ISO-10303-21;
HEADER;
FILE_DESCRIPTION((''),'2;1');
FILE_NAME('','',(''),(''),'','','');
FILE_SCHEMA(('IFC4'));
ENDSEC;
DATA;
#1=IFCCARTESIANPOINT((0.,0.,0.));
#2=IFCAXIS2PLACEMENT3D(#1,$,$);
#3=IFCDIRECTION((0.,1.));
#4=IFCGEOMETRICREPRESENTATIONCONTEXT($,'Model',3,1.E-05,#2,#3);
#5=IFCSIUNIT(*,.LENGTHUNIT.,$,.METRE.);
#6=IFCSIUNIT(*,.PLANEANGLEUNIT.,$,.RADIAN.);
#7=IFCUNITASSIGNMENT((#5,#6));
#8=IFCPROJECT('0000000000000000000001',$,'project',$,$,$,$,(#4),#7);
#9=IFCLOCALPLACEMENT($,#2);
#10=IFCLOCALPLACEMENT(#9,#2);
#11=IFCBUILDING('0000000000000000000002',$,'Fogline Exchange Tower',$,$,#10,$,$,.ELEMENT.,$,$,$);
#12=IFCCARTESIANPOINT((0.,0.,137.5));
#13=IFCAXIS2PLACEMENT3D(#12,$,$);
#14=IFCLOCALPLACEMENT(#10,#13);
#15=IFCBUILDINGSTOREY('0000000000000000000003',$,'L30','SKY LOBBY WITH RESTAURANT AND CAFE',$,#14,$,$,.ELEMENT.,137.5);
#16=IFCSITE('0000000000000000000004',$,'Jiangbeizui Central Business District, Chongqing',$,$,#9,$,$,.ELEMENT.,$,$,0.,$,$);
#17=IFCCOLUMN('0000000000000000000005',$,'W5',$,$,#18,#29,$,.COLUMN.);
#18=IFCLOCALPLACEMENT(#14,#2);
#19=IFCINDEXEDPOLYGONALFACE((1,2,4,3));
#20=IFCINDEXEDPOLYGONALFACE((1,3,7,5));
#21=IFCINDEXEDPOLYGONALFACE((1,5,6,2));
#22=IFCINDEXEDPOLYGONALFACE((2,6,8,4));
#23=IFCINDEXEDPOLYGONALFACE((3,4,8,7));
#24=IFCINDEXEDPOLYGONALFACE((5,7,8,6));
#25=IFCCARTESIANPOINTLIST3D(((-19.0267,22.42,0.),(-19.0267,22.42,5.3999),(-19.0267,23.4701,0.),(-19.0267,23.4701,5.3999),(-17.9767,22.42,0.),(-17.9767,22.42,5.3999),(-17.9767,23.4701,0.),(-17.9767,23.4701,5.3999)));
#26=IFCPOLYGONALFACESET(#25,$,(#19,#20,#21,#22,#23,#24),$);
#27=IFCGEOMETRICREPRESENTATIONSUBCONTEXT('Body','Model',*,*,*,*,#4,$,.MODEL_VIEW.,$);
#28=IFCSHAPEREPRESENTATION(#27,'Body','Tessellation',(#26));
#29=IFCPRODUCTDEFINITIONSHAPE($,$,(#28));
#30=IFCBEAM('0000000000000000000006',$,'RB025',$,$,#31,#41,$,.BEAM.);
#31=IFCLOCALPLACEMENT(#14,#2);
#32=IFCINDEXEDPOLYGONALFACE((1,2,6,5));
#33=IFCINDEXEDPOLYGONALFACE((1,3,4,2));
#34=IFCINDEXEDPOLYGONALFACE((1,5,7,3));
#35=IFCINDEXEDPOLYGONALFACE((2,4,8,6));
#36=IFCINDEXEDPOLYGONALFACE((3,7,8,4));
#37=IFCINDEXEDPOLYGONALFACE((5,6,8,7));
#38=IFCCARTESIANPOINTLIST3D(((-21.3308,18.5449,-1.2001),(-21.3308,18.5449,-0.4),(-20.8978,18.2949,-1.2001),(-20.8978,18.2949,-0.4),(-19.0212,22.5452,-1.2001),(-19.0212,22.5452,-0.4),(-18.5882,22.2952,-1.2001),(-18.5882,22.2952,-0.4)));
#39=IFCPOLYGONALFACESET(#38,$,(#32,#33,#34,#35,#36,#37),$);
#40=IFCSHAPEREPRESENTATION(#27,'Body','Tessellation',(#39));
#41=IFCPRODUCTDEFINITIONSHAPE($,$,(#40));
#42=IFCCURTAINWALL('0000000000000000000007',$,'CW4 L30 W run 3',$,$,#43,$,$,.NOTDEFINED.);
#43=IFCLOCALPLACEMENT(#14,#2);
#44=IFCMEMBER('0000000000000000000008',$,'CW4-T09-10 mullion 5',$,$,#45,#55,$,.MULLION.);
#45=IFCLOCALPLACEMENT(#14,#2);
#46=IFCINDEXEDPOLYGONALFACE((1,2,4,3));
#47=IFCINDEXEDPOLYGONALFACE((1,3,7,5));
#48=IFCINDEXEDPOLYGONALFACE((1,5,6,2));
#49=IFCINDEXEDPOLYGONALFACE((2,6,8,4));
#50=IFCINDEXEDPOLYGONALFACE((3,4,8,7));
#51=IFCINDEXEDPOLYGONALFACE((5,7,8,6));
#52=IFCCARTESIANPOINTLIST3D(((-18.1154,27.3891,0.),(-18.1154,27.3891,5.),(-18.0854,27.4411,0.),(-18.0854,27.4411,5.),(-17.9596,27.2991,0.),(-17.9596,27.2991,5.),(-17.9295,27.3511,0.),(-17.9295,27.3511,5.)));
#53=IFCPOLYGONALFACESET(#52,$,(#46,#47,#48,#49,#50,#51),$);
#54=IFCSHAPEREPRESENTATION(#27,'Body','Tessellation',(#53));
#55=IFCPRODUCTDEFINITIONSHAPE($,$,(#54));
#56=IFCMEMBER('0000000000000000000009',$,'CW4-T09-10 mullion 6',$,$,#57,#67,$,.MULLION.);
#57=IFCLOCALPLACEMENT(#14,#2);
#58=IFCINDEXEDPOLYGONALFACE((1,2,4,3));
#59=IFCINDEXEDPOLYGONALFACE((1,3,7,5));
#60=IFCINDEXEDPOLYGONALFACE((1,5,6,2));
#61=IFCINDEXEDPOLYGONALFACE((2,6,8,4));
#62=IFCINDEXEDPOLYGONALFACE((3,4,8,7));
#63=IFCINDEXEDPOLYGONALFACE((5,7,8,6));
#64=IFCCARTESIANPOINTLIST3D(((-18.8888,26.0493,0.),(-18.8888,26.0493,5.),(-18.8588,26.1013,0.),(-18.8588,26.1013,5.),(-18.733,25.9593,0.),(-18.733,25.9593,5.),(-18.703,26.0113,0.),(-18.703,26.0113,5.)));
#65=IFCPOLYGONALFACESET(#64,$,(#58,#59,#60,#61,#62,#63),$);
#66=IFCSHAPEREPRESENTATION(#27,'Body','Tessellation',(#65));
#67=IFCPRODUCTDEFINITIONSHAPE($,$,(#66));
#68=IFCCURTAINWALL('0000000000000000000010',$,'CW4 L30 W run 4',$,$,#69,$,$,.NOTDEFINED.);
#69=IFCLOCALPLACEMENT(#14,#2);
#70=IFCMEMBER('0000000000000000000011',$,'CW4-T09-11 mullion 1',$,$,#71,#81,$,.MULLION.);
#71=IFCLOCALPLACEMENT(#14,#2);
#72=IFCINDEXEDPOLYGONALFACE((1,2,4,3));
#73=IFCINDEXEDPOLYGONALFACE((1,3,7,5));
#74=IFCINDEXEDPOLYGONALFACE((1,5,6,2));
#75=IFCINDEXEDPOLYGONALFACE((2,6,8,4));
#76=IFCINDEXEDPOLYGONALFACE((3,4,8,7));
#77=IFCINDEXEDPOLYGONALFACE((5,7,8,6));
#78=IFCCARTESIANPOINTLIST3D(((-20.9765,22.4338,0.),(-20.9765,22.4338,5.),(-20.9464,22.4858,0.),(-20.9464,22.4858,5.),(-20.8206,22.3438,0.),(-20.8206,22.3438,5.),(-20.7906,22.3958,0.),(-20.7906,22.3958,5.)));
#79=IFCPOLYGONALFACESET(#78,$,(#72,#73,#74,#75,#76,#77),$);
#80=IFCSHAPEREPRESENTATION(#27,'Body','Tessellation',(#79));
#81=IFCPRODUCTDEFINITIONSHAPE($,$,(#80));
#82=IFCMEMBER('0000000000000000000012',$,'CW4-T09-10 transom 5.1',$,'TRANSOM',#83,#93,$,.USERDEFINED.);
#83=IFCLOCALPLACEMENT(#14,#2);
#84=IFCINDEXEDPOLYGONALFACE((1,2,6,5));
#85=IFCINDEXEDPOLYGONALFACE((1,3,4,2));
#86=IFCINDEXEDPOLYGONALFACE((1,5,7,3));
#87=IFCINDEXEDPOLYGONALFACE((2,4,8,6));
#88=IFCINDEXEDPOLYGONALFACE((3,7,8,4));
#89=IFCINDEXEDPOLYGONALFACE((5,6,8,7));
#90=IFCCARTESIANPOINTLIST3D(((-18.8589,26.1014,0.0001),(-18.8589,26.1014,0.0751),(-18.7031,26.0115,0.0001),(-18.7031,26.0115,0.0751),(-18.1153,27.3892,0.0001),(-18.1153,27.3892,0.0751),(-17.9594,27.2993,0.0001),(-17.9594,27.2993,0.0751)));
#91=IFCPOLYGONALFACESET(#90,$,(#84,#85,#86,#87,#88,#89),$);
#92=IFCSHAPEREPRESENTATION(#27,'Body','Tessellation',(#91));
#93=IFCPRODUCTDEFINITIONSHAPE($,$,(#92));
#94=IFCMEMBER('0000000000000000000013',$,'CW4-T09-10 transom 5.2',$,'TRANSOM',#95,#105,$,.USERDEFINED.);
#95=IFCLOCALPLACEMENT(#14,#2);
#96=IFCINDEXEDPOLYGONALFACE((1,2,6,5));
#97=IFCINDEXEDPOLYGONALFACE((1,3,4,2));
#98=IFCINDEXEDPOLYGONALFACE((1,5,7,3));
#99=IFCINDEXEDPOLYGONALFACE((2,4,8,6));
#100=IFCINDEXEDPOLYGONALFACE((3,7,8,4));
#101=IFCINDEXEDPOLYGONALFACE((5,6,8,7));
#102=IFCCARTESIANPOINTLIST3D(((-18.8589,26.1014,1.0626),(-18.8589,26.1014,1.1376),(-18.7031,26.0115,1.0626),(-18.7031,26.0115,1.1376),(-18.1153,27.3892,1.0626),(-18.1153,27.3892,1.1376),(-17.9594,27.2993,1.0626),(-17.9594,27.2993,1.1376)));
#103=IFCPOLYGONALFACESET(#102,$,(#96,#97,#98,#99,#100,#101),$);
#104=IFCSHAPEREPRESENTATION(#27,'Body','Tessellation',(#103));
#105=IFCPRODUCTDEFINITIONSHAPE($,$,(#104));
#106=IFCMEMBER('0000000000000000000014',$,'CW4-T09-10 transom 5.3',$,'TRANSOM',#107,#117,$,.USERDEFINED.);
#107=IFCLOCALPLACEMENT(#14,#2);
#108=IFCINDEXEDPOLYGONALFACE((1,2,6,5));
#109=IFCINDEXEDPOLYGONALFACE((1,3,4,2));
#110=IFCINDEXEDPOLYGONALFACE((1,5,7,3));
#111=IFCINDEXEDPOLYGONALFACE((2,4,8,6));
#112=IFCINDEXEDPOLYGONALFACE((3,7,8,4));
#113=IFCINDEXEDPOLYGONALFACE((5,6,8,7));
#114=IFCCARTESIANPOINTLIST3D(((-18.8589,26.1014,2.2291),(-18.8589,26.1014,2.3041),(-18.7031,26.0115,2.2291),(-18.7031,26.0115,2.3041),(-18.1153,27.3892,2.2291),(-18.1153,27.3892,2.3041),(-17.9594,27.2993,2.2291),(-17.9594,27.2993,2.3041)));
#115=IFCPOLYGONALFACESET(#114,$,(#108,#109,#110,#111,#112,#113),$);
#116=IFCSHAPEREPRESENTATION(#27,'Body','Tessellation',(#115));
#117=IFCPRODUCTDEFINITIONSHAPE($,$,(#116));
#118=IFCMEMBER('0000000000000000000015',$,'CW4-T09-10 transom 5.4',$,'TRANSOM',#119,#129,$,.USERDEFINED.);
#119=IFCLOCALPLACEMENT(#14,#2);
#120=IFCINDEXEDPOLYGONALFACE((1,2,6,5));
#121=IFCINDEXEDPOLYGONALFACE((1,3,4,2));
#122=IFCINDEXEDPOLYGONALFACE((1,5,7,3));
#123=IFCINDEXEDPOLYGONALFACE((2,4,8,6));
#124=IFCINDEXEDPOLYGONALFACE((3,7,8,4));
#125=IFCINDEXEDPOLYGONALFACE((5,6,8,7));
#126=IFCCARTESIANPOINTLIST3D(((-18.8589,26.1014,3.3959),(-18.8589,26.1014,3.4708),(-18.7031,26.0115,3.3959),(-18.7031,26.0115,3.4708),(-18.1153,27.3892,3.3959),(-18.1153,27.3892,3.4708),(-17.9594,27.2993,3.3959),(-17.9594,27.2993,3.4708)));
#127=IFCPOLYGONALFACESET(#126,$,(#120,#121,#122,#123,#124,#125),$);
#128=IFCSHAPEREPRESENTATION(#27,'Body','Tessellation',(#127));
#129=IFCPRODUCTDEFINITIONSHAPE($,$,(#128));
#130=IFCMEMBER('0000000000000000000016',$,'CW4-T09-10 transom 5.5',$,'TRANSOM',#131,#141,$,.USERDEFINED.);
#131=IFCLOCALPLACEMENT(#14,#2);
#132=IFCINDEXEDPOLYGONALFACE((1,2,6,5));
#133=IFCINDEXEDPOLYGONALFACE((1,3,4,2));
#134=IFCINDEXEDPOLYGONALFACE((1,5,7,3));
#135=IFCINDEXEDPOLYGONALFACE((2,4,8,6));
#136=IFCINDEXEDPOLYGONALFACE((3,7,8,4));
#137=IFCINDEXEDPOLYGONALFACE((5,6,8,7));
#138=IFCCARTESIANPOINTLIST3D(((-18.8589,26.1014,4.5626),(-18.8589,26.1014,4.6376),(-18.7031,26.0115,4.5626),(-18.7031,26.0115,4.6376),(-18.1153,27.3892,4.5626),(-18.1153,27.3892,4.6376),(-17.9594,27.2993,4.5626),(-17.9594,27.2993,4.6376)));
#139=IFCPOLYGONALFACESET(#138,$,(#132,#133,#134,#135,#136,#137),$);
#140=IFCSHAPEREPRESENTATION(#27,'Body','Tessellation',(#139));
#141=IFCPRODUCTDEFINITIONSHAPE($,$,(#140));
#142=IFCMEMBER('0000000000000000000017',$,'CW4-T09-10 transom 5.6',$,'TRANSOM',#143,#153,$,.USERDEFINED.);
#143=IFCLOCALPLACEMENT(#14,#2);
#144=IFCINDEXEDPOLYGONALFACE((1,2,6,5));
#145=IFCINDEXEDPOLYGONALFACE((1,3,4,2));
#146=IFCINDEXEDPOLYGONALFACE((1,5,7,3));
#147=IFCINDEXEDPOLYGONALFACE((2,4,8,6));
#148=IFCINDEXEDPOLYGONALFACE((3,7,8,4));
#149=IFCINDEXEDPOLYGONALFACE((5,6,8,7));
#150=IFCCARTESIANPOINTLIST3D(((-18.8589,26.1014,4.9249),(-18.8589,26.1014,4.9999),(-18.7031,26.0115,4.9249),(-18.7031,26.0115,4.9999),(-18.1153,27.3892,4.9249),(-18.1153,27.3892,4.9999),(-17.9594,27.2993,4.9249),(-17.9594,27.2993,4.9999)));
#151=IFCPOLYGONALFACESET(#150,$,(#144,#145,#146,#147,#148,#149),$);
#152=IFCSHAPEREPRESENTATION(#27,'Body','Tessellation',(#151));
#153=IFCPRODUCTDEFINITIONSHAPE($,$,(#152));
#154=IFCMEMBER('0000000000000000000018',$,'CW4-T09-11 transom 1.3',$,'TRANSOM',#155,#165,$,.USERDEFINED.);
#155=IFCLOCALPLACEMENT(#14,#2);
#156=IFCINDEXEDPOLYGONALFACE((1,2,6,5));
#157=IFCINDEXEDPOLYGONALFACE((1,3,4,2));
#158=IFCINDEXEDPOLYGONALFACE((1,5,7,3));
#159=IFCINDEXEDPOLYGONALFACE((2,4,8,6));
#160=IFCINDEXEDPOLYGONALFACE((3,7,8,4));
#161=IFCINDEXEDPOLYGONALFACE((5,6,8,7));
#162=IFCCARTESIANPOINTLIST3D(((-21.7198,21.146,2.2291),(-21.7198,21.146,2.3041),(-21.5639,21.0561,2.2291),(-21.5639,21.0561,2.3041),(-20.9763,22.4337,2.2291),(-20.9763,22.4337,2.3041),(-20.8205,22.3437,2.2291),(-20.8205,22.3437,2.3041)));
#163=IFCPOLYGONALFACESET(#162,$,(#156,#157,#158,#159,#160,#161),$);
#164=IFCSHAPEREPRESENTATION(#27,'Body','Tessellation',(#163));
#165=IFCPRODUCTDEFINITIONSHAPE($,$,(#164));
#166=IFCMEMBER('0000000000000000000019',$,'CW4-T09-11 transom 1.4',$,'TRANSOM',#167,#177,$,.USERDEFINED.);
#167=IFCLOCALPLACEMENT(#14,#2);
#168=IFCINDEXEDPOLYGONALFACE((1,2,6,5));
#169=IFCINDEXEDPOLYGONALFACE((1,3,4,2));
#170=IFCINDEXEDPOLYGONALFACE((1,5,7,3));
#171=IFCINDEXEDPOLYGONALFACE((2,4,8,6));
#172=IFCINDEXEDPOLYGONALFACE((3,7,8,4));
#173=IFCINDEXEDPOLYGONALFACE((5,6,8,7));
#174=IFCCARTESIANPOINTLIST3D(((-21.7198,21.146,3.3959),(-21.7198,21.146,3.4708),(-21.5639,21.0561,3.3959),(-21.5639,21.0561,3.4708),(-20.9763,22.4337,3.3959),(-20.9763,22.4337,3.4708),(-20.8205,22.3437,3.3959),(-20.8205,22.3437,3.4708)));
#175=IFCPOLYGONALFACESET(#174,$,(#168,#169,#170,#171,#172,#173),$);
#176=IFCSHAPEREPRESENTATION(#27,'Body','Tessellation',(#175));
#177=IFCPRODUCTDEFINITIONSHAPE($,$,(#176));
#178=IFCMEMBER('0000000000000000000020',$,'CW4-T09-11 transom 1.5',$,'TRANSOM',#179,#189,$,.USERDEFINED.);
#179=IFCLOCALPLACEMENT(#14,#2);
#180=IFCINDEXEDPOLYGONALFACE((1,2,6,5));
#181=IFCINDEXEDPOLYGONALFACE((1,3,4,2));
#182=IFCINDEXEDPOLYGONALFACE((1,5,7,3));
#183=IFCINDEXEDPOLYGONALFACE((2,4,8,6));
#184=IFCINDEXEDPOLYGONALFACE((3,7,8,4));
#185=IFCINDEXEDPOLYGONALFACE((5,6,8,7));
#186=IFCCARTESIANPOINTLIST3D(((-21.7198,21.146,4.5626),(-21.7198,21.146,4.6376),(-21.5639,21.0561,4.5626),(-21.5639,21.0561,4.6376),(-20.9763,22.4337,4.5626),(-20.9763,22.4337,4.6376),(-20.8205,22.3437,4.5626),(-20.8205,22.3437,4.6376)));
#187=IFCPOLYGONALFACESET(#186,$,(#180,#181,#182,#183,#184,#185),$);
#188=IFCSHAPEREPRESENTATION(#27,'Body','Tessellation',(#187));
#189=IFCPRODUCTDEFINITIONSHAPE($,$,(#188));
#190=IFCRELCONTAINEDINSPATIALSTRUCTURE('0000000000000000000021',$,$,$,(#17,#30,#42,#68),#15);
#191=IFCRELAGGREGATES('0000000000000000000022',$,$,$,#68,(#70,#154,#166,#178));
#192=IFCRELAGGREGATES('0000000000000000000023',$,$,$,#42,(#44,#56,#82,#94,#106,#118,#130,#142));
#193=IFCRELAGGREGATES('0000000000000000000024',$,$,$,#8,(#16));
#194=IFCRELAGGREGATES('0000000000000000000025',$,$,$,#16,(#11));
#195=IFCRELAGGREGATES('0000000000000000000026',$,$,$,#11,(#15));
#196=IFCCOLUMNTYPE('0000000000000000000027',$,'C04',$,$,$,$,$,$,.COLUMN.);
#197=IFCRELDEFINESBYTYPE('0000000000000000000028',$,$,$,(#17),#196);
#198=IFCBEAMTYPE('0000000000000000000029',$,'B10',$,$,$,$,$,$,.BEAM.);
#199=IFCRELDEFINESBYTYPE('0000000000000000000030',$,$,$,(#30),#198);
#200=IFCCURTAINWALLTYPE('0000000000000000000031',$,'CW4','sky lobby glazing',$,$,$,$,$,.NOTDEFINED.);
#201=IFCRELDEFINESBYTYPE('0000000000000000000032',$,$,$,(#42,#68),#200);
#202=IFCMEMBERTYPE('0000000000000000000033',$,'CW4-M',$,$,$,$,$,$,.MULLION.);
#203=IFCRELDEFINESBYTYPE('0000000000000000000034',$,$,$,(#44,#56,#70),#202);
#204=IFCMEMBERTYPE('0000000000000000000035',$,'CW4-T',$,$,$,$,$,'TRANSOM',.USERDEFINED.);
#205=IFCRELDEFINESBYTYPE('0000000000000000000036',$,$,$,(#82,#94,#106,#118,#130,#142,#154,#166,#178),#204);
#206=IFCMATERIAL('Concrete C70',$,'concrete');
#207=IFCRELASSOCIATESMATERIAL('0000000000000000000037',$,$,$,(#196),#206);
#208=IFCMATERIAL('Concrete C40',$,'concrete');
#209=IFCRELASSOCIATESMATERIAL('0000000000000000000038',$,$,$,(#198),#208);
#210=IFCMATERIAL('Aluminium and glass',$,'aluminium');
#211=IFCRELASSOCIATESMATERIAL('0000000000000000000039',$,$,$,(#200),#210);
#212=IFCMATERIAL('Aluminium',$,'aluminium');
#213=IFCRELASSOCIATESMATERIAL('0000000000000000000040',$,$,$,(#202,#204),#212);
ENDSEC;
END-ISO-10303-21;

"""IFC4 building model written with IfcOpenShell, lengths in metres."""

from ifc_helpers import new_model, si_unit, direction, frame, origin, origin_2d, place, context, subcontext, project, spatial, rectangle, extrude, material, material_profile, profile_set, type_object, element, aggregate, save


model = new_model("IFC4")

# Units and contexts
model_context = context("Model", 3, precision=1e-05, world=origin(), true_north=direction((0.0, 1.0)))
body_context = subcontext(model_context, "Body", "Model", "MODEL_VIEW")
ifc_project = project(units=[si_unit("LENGTHUNIT", "METRE"), si_unit("PLANEANGLEUNIT", "RADIAN")], contexts=[model_context])

# Site, building, storey
site_placement = place(None, origin())
site = spatial("IfcSite", under=ifc_project, at=site_placement, Name="Jiangbeizui Central Business District, Chongqing", CompositionType="ELEMENT", RefElevation=0.0)
building_placement = place(site_placement, origin())
building = spatial("IfcBuilding", under=site, at=building_placement, Name="Fogline Exchange Tower", CompositionType="ELEMENT")
storey_placement = place(building_placement, frame((0.0, 0.0, 137.5)))
storey = spatial("IfcBuildingStorey", under=building, at=storey_placement, Name="L30", Description="SKY LOBBY WITH RESTAURANT AND CAFE", CompositionType="ELEMENT", Elevation=137.5)

# Column
ifc_material_1 = material(Name="Concrete C70", Category="concrete")
ifc_material_profile_1 = material_profile(ifc_material_1, rectangle(XDim=1.05, YDim=1.05, at=origin_2d()), Name="RC 1050x1050")
ifc_profile_set_1 = profile_set([ifc_material_profile_1], Name="Concrete C70")
column_type = type_object("IfcColumnType", Name="C04", PredefinedType="COLUMN", material=ifc_profile_set_1)
column_placement = place(storey_placement, frame((-18.5017, 22.9451, 0.0), z_axis=(0.0, 0.0, 1.0), x_axis=(1.0, 0.0, 0.0)))
element("IfcColumn", 1, at=column_placement, inside=storey, type_object=column_type, Name="W5", PredefinedType="COLUMN", context=body_context, shape_type="SweptSolid", body=[
    extrude(rectangle(XDim=1.05, YDim=1.05, at=origin_2d()), origin(), (0.0, 0.0, 1.0), 5.3999),
])

# Beam
ifc_material_2 = material(Name="Concrete C40", Category="concrete")
ifc_material_profile_2 = material_profile(ifc_material_2, rectangle(XDim=0.5, YDim=0.8, at=origin_2d()), Name="RC 500x800")
ifc_profile_set_2 = profile_set([ifc_material_profile_2], Name="Concrete C40")
beam_type = type_object("IfcBeamType", Name="B10", PredefinedType="BEAM", material=ifc_profile_set_2)
beam_placement = place(storey_placement, frame((-18.8047, 22.4202, -0.8), z_axis=(-0.500005, -0.866023, 0.0), x_axis=(0.866023, -0.500005, 0.0)))
element("IfcBeam", 2, at=beam_placement, inside=storey, type_object=beam_type, Name="RB025", PredefinedType="BEAM", context=body_context, shape_type="SweptSolid", body=[
    extrude(rectangle(XDim=0.5, YDim=0.8, at=origin_2d()), origin(), (0.0, 0.0, 1.0), 4.6191),
])

# Curtain wall, members
ifc_material_3 = material(Name="Aluminium and glass", Category="aluminium")
curtain_wall_type = type_object("IfcCurtainWallType", Name="CW4", Description="sky lobby glazing", PredefinedType="NOTDEFINED", material=ifc_material_3)
curtain_wall_1_placement = place(storey_placement, origin())
curtain_wall_1 = element("IfcCurtainWall", 3, at=curtain_wall_1_placement, inside=storey, type_object=curtain_wall_type, Name="CW4 L30 W run 3", PredefinedType="NOTDEFINED")
ifc_material_4 = material(Name="Aluminium", Category="aluminium")
ifc_material_profile_3 = material_profile(ifc_material_4, rectangle(XDim=0.1799, YDim=0.0601, at=origin_2d()), Name="Mullion 60x180")
ifc_profile_set_3 = profile_set([ifc_material_profile_3], Name="Aluminium")
member_type_1 = type_object("IfcMemberType", Name="CW4-M", PredefinedType="MULLION", material=ifc_profile_set_3)
member_1_placement = place(storey_placement, frame((-18.0225, 27.3701, 0.0), z_axis=(0.0, 0.0, 1.0), x_axis=(0.866025, -0.5, 0.0)))
member_1 = element("IfcMember", 4, at=member_1_placement, type_object=member_type_1, Name="CW4-T09-10 mullion 5", PredefinedType="MULLION", context=body_context, shape_type="SweptSolid", body=[
    extrude(rectangle(XDim=0.1799, YDim=0.0601, at=origin_2d()), origin(), (0.0, 0.0, 1.0), 5.0),
])
member_2_placement = place(storey_placement, frame((-18.7959, 26.0303, 0.0), z_axis=(0.0, 0.0, 1.0), x_axis=(0.866025, -0.5, 0.0)))
member_2 = element("IfcMember", 5, at=member_2_placement, type_object=member_type_1, Name="CW4-T09-10 mullion 6", PredefinedType="MULLION", context=body_context, shape_type="SweptSolid", body=[
    extrude(rectangle(XDim=0.1799, YDim=0.0601, at=origin_2d()), origin(), (0.0, 0.0, 1.0), 5.0),
])

# Curtain wall, member
curtain_wall_2_placement = place(storey_placement, origin())
curtain_wall_2 = element("IfcCurtainWall", 6, at=curtain_wall_2_placement, inside=storey, type_object=curtain_wall_type, Name="CW4 L30 W run 4", PredefinedType="NOTDEFINED")
member_3_placement = place(storey_placement, frame((-20.8835, 22.4148, 0.0), z_axis=(0.0, 0.0, 1.0), x_axis=(0.866025, -0.5, 0.0)))
member_3 = element("IfcMember", 7, at=member_3_placement, type_object=member_type_1, Name="CW4-T09-11 mullion 1", PredefinedType="MULLION", context=body_context, shape_type="SweptSolid", body=[
    extrude(rectangle(XDim=0.1799, YDim=0.0601, at=origin_2d()), origin(), (0.0, 0.0, 1.0), 5.0),
])

# Members
ifc_material_profile_4 = material_profile(ifc_material_4, rectangle(XDim=0.1799, YDim=0.075, at=origin_2d()), Name="Transom 75x180")
ifc_profile_set_4 = profile_set([ifc_material_profile_4], Name="Aluminium")
member_type_2 = type_object("IfcMemberType", Name="CW4-T", ElementType="TRANSOM", PredefinedType="USERDEFINED", material=ifc_profile_set_4)
member_4_placement = place(storey_placement, frame((-18.0374, 27.3442, 0.0376), z_axis=(-0.500059, -0.865991, 0.0), x_axis=(0.865991, -0.500059, 0.0)))
member_4 = element("IfcMember", 8, at=member_4_placement, type_object=member_type_2, Name="CW4-T09-10 transom 5.1", ObjectType="TRANSOM", PredefinedType="USERDEFINED", context=body_context, shape_type="SweptSolid", body=[
    extrude(rectangle(XDim=0.1799, YDim=0.075, at=origin_2d()), origin(), (0.0, 0.0, 1.0), 1.4871),
])
member_5_placement = place(storey_placement, frame((-18.0374, 27.3442, 1.1001), z_axis=(-0.500059, -0.865991, 0.0), x_axis=(0.865991, -0.500059, 0.0)))
member_5 = element("IfcMember", 9, at=member_5_placement, type_object=member_type_2, Name="CW4-T09-10 transom 5.2", ObjectType="TRANSOM", PredefinedType="USERDEFINED", context=body_context, shape_type="SweptSolid", body=[
    extrude(rectangle(XDim=0.1799, YDim=0.075, at=origin_2d()), origin(), (0.0, 0.0, 1.0), 1.4871),
])
member_6_placement = place(storey_placement, frame((-18.0374, 27.3442, 2.2666), z_axis=(-0.500059, -0.865991, 0.0), x_axis=(0.865991, -0.500059, 0.0)))
member_6 = element("IfcMember", 10, at=member_6_placement, type_object=member_type_2, Name="CW4-T09-10 transom 5.3", ObjectType="TRANSOM", PredefinedType="USERDEFINED", context=body_context, shape_type="SweptSolid", body=[
    extrude(rectangle(XDim=0.1799, YDim=0.075, at=origin_2d()), origin(), (0.0, 0.0, 1.0), 1.4871),
])
member_7_placement = place(storey_placement, frame((-18.0374, 27.3442, 3.4333), z_axis=(-0.500059, -0.865991, 0.0), x_axis=(0.865991, -0.500059, 0.0)))
member_7 = element("IfcMember", 11, at=member_7_placement, type_object=member_type_2, Name="CW4-T09-10 transom 5.4", ObjectType="TRANSOM", PredefinedType="USERDEFINED", context=body_context, shape_type="SweptSolid", body=[
    extrude(rectangle(XDim=0.1799, YDim=0.075, at=origin_2d()), origin(), (0.0, 0.0, 1.0), 1.4871),
])
member_8_placement = place(storey_placement, frame((-18.0374, 27.3442, 4.6001), z_axis=(-0.500059, -0.865991, 0.0), x_axis=(0.865991, -0.500059, 0.0)))
member_8 = element("IfcMember", 12, at=member_8_placement, type_object=member_type_2, Name="CW4-T09-10 transom 5.5", ObjectType="TRANSOM", PredefinedType="USERDEFINED", context=body_context, shape_type="SweptSolid", body=[
    extrude(rectangle(XDim=0.1799, YDim=0.075, at=origin_2d()), origin(), (0.0, 0.0, 1.0), 1.4871),
])
member_9_placement = place(storey_placement, frame((-18.0374, 27.3442, 4.9624), z_axis=(-0.500059, -0.865991, 0.0), x_axis=(0.865991, -0.500059, 0.0)))
member_9 = element("IfcMember", 13, at=member_9_placement, type_object=member_type_2, Name="CW4-T09-10 transom 5.6", ObjectType="TRANSOM", PredefinedType="USERDEFINED", context=body_context, shape_type="SweptSolid", body=[
    extrude(rectangle(XDim=0.1799, YDim=0.075, at=origin_2d()), origin(), (0.0, 0.0, 1.0), 1.4871),
])
member_10_placement = place(storey_placement, frame((-20.8984, 22.3887, 2.2666), z_axis=(-0.500007, -0.866022, 0.0), x_axis=(0.866022, -0.500007, 0.0)))
member_10 = element("IfcMember", 14, at=member_10_placement, type_object=member_type_2, Name="CW4-T09-11 transom 1.3", ObjectType="TRANSOM", PredefinedType="USERDEFINED", context=body_context, shape_type="SweptSolid", body=[
    extrude(rectangle(XDim=0.1799, YDim=0.075, at=origin_2d()), origin(), (0.0, 0.0, 1.0), 1.4868),
])
member_11_placement = place(storey_placement, frame((-20.8984, 22.3887, 3.4333), z_axis=(-0.500007, -0.866022, 0.0), x_axis=(0.866022, -0.500007, 0.0)))
member_11 = element("IfcMember", 15, at=member_11_placement, type_object=member_type_2, Name="CW4-T09-11 transom 1.4", ObjectType="TRANSOM", PredefinedType="USERDEFINED", context=body_context, shape_type="SweptSolid", body=[
    extrude(rectangle(XDim=0.1799, YDim=0.075, at=origin_2d()), origin(), (0.0, 0.0, 1.0), 1.4868),
])
member_12_placement = place(storey_placement, frame((-20.8984, 22.3887, 4.6001), z_axis=(-0.500007, -0.866022, 0.0), x_axis=(0.866022, -0.500007, 0.0)))
member_12 = element("IfcMember", 16, at=member_12_placement, type_object=member_type_2, Name="CW4-T09-11 transom 1.5", ObjectType="TRANSOM", PredefinedType="USERDEFINED", context=body_context, shape_type="SweptSolid", body=[
    extrude(rectangle(XDim=0.1799, YDim=0.075, at=origin_2d()), origin(), (0.0, 0.0, 1.0), 1.4868),
])
aggregate(curtain_wall_2, [member_3, member_10, member_11, member_12])

aggregate(curtain_wall_1, [member_1, member_2, member_4, member_5, member_6, member_7, member_8, member_9])

save(model, "model.ifc")
